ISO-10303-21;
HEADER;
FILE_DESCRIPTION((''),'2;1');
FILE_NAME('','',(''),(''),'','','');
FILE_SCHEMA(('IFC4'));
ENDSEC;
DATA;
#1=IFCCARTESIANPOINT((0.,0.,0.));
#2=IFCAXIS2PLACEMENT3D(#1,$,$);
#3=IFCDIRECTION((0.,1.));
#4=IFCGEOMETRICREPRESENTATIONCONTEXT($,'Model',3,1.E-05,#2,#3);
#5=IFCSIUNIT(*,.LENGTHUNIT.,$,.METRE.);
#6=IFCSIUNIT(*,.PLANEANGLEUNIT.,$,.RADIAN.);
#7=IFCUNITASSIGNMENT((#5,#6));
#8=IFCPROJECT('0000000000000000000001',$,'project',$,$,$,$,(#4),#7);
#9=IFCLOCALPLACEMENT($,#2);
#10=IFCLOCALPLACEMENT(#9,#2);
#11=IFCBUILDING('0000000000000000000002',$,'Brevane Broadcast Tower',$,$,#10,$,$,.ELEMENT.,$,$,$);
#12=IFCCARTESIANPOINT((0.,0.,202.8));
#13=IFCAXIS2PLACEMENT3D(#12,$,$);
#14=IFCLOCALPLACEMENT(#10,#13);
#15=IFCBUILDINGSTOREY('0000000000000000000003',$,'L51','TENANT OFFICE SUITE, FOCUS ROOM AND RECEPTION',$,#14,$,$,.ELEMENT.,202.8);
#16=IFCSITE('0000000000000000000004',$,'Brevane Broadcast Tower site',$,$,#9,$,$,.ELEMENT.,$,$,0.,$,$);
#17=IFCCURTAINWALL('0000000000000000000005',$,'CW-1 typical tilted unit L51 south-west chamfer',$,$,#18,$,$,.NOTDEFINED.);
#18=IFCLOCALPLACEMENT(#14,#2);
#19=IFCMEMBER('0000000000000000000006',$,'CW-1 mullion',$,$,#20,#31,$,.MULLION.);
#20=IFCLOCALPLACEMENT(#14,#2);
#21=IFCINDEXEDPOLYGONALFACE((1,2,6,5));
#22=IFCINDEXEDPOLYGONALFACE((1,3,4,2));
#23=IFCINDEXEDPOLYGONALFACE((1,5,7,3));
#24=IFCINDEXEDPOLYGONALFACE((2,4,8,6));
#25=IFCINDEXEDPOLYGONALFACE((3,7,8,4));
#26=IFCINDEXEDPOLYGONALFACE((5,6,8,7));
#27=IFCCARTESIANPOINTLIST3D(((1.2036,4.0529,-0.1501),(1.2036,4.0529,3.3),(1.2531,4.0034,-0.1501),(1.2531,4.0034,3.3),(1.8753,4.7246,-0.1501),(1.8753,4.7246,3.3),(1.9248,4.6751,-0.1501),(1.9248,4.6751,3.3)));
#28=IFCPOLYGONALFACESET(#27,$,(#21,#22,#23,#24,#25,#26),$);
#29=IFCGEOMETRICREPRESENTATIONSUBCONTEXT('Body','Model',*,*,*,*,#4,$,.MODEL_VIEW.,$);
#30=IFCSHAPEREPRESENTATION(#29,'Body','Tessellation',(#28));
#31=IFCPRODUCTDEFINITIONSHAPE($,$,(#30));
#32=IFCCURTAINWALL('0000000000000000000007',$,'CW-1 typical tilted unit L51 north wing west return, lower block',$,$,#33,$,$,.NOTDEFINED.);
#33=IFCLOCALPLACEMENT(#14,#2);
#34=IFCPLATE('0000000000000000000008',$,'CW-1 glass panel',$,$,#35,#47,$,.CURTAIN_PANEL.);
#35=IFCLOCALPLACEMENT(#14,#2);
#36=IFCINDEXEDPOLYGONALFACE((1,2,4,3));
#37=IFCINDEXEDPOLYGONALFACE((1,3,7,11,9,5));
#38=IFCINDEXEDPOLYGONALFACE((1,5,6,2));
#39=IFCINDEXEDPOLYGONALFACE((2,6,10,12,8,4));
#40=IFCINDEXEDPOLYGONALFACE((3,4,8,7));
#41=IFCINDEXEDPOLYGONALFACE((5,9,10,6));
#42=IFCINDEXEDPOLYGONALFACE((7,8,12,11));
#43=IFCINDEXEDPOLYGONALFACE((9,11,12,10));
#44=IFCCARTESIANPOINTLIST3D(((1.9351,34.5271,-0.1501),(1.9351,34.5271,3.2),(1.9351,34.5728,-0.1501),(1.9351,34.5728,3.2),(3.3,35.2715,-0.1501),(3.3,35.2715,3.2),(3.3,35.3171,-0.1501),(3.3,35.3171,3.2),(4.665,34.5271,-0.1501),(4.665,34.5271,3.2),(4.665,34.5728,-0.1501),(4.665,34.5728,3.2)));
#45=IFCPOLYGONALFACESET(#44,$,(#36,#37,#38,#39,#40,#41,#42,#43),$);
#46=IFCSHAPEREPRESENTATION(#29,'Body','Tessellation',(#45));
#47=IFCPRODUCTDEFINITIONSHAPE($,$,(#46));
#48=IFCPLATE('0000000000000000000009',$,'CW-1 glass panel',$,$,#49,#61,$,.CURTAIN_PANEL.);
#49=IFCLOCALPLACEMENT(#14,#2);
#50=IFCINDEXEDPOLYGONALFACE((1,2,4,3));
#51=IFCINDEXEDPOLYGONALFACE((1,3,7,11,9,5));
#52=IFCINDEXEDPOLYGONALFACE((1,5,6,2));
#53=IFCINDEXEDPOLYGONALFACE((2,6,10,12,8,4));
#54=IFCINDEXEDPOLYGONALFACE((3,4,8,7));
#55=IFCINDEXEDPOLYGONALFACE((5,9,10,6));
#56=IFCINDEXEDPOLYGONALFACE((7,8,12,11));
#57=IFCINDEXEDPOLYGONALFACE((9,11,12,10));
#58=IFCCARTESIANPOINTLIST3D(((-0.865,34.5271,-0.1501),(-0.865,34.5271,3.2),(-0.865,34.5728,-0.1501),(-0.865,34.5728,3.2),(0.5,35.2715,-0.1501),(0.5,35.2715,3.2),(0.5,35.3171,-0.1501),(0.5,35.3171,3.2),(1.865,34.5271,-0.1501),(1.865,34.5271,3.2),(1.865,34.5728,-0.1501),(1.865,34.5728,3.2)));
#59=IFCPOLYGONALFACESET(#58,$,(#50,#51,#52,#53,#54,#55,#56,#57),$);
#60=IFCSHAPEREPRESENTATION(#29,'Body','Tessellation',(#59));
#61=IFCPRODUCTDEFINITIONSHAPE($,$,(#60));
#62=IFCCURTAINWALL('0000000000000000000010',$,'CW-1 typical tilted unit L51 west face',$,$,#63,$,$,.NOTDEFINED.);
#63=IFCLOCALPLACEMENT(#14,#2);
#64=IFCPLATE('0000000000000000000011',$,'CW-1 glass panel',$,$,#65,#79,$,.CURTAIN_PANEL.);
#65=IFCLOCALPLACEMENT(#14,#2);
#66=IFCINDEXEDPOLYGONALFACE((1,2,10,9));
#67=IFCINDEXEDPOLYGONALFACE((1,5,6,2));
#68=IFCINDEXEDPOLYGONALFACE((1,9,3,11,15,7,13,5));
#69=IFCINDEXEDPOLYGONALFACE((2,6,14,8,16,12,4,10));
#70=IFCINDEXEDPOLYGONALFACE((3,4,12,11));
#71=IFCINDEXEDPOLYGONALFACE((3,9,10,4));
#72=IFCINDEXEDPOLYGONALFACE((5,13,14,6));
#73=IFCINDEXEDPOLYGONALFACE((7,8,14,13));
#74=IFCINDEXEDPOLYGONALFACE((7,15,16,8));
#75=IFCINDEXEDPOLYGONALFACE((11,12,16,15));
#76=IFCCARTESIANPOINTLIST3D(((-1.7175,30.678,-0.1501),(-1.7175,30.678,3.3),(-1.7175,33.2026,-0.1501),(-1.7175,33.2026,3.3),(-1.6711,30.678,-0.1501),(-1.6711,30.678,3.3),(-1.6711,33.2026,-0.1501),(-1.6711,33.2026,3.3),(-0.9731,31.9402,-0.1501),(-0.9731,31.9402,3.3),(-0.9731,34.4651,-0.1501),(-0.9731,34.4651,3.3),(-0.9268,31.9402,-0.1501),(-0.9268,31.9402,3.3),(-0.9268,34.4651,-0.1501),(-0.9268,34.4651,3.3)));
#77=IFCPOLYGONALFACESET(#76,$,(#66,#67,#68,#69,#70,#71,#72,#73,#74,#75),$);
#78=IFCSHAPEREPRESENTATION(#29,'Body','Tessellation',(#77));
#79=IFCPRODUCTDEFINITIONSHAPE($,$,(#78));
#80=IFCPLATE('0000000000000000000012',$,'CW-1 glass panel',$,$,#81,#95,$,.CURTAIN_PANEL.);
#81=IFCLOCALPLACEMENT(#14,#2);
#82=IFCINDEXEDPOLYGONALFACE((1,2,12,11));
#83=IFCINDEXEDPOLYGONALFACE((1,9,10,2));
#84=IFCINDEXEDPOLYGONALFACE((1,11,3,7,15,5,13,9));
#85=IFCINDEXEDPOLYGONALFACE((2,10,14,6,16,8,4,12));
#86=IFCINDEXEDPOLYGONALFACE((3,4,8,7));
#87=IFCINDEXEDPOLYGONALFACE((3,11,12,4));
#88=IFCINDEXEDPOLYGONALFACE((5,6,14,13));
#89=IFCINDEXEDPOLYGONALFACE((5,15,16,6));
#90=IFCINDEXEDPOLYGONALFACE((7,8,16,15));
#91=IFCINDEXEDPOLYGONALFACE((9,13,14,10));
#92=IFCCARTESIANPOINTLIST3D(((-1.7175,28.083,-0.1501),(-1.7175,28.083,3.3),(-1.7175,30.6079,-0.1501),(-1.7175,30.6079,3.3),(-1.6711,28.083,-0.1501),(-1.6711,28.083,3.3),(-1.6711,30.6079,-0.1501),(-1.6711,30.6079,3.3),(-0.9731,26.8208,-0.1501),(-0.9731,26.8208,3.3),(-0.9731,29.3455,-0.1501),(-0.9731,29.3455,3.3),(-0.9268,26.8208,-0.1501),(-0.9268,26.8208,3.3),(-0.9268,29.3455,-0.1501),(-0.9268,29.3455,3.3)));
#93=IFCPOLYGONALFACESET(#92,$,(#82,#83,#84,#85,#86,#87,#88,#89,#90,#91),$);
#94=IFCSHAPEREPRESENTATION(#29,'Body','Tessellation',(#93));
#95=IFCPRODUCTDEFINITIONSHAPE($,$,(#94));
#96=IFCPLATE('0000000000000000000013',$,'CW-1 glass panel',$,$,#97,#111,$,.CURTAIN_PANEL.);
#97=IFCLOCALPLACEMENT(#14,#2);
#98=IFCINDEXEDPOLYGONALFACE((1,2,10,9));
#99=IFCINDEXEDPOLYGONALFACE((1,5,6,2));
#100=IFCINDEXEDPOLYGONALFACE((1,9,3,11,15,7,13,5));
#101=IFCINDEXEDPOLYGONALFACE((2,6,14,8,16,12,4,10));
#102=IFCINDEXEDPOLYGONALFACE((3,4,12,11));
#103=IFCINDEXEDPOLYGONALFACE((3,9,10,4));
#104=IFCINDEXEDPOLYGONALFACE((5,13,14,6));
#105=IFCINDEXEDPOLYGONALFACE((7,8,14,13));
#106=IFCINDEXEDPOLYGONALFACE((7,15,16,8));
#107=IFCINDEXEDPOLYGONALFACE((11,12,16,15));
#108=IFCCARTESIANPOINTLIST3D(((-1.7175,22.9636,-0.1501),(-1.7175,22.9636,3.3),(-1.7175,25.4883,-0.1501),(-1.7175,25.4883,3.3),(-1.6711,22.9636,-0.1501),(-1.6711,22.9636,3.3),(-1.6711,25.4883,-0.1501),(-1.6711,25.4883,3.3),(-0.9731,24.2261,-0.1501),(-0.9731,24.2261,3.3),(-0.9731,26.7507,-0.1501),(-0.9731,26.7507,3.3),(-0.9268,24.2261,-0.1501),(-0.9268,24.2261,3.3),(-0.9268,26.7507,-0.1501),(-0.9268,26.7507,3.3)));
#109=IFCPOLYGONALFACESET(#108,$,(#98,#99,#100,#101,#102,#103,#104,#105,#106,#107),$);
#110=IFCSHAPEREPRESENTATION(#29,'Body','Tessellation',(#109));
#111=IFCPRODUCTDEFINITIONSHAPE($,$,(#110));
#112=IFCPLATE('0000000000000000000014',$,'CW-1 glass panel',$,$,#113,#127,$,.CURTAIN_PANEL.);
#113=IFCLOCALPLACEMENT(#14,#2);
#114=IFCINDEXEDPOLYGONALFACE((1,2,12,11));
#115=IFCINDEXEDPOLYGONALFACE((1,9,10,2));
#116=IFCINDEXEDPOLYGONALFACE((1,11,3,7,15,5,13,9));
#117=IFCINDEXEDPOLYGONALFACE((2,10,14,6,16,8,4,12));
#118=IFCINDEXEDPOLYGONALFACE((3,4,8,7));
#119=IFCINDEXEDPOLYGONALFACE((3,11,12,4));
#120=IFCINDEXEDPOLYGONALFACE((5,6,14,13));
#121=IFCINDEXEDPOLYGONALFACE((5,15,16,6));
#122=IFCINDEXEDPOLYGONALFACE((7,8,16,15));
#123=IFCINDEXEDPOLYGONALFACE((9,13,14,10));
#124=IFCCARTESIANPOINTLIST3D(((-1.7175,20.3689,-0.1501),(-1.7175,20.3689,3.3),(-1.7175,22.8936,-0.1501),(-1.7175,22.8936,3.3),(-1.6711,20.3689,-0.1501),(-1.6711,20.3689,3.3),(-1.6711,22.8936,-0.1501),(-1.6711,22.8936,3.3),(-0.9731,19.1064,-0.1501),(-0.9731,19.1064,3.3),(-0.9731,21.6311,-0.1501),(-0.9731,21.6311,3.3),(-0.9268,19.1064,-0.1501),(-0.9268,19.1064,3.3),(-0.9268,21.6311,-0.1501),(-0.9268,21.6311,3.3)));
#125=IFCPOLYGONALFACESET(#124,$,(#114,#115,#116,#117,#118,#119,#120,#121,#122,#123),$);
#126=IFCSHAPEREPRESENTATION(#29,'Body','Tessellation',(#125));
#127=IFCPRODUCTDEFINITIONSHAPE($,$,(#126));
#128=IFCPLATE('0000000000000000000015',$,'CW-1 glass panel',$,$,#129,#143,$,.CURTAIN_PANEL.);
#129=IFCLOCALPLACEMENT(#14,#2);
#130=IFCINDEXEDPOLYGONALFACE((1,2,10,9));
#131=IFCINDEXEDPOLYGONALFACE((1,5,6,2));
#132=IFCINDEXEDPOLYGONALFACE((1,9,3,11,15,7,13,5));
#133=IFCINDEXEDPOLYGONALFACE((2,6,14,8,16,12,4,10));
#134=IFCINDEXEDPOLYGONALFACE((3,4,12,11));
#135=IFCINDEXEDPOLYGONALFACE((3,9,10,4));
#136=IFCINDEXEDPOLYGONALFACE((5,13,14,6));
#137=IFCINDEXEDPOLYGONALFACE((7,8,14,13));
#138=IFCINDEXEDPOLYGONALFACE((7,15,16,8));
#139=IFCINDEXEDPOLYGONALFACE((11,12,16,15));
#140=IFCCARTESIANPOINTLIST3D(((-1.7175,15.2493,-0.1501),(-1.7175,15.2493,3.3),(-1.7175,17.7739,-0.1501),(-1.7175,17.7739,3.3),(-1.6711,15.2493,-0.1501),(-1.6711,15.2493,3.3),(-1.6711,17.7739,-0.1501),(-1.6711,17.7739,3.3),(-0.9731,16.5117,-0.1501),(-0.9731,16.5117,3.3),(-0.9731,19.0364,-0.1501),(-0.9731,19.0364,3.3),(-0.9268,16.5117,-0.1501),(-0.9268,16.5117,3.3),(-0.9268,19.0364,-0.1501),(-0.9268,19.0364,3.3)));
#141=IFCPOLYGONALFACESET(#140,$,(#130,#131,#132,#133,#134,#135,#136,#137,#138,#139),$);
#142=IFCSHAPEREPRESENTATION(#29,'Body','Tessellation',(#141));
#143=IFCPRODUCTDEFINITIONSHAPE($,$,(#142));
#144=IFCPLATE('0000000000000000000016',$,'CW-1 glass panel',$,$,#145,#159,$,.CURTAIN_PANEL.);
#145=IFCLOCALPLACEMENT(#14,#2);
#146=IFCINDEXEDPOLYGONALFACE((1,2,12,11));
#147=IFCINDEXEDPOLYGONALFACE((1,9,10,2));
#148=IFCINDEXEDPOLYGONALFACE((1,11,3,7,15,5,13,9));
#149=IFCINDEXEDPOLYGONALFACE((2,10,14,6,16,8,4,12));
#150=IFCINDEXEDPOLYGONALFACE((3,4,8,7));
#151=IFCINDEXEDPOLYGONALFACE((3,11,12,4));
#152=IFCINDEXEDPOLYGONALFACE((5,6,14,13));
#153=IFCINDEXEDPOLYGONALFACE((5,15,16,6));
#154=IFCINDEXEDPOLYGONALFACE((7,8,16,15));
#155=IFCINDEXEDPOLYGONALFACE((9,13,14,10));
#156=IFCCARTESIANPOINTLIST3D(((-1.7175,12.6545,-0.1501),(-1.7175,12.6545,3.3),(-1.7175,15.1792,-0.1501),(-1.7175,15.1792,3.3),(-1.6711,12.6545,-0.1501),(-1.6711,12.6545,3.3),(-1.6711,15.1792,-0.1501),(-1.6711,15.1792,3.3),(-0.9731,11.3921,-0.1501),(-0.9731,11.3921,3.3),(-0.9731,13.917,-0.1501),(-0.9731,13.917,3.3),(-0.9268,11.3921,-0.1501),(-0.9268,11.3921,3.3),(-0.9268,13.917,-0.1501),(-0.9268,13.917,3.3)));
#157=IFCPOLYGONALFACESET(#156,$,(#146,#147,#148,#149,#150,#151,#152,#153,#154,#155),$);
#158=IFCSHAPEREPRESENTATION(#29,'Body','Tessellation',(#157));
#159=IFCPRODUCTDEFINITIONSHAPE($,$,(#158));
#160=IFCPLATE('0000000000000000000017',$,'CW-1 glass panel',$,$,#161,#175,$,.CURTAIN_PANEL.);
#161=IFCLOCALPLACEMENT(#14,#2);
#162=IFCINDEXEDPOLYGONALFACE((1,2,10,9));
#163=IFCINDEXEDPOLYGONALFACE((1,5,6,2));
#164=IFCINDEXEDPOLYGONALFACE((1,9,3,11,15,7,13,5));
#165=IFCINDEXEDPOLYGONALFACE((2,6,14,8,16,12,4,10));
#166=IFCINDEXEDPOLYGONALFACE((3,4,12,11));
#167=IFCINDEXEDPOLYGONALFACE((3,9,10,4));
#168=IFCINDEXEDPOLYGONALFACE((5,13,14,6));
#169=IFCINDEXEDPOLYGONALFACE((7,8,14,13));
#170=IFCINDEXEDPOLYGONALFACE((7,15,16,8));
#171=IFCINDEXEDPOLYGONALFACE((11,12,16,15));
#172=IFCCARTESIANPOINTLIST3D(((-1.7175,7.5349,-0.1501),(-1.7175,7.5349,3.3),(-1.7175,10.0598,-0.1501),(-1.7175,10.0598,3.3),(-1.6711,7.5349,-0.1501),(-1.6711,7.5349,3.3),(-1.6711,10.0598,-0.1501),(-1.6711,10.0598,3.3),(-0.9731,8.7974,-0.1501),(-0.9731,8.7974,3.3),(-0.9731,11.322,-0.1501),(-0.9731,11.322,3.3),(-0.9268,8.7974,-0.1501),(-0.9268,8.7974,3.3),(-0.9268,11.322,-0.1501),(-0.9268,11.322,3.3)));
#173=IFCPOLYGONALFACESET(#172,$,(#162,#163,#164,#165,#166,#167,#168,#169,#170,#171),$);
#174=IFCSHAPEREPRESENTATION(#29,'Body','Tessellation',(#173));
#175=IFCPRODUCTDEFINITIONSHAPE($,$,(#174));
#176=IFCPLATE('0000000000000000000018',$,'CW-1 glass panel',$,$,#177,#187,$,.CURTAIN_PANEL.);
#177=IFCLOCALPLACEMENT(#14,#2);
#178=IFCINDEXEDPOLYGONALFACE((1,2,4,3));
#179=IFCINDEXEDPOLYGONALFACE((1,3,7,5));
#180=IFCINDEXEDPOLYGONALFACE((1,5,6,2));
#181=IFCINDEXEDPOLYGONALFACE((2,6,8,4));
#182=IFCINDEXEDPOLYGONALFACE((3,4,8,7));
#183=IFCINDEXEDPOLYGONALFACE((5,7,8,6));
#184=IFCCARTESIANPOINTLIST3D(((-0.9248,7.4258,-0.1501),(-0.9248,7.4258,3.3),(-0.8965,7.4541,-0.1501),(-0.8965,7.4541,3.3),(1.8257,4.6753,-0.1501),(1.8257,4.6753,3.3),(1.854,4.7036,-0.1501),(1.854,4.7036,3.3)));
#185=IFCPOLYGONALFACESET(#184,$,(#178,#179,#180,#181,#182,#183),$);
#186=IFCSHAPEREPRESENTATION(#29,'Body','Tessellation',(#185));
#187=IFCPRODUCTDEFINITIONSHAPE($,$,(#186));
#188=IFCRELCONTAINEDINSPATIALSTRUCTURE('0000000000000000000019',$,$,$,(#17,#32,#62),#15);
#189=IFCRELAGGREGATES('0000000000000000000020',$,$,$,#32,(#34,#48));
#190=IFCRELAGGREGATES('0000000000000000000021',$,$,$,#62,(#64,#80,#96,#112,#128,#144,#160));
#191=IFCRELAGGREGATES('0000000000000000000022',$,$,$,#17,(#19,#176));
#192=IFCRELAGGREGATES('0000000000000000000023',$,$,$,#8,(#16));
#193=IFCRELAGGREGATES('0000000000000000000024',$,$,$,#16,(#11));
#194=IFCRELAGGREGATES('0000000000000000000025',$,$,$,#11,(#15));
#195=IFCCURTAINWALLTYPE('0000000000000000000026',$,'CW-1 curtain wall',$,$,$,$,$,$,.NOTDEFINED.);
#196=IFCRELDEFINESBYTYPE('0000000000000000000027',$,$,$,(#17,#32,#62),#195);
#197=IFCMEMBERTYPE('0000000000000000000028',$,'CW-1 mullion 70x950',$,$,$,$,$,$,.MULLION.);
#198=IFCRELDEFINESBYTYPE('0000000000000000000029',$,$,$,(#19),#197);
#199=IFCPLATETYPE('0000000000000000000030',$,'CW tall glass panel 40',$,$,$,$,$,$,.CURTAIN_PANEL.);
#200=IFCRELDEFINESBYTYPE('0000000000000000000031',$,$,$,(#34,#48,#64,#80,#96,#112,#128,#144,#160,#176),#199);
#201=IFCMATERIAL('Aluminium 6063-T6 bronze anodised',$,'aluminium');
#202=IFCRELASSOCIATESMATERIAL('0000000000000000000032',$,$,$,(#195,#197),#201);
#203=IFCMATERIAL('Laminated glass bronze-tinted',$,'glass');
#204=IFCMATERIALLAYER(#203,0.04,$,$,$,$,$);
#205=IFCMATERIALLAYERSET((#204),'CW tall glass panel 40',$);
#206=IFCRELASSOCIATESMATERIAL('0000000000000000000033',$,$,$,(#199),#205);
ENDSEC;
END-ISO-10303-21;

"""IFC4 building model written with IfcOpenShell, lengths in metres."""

from ifc_helpers import new_model, si_unit, direction, frame, origin, origin_2d, place, context, subcontext, project, spatial, polyline, rectangle, outline, extrude, material, layer, layer_set, material_profile, profile_set, type_object, element, aggregate, save


model = new_model("IFC4")

# Units and contexts
model_context = context("Model", 3, precision=1e-05, world=origin(), true_north=direction((0.0, 1.0)))
body_context = subcontext(model_context, "Body", "Model", "MODEL_VIEW")
ifc_project = project(units=[si_unit("LENGTHUNIT", "METRE"), si_unit("PLANEANGLEUNIT", "RADIAN")], contexts=[model_context])

# Site, building, storey
site_placement = place(None, origin())
site = spatial("IfcSite", under=ifc_project, at=site_placement, Name="Brevane Broadcast Tower site", CompositionType="ELEMENT", RefElevation=0.0)
building_placement = place(site_placement, origin())
building = spatial("IfcBuilding", under=site, at=building_placement, Name="Brevane Broadcast Tower", CompositionType="ELEMENT")
storey_placement = place(building_placement, frame((0.0, 0.0, 202.8)))
storey = spatial("IfcBuildingStorey", under=building, at=storey_placement, Name="L51", Description="TENANT OFFICE SUITE, FOCUS ROOM AND RECEPTION", CompositionType="ELEMENT", Elevation=202.8)

# Curtain wall, member
ifc_material_1 = material(Name="Aluminium 6063-T6 bronze anodised", Category="aluminium")
curtain_wall_type = type_object("IfcCurtainWallType", Name="CW-1 curtain wall", PredefinedType="NOTDEFINED", material=ifc_material_1)
curtain_wall_1_placement = place(storey_placement, origin())
curtain_wall_1 = element("IfcCurtainWall", 1, at=curtain_wall_1_placement, inside=storey, type_object=curtain_wall_type, Name="CW-1 typical tilted unit L51 south-west chamfer", PredefinedType="NOTDEFINED")
ifc_material_profile = material_profile(ifc_material_1, rectangle(XDim=0.95, YDim=0.0701, at=origin_2d()), Name="RECT 70x950")
ifc_profile_set = profile_set([ifc_material_profile], Name="Aluminium 6063-T6 bronze anodised")
member_type = type_object("IfcMemberType", Name="CW-1 mullion 70x950", PredefinedType="MULLION", material=ifc_profile_set)
member_placement = place(storey_placement, frame((1.5642, 4.364, -0.1501), z_axis=(0.0, 0.0, 1.0), x_axis=(0.707107, 0.707107, 0.0)))
member = element("IfcMember", 2, at=member_placement, type_object=member_type, Name="CW-1 mullion", PredefinedType="MULLION", context=body_context, shape_type="SweptSolid", body=[
    extrude(rectangle(XDim=0.95, YDim=0.0701, at=origin_2d()), origin(), (0.0, 0.0, 1.0), 3.4502),
])

# Curtain walls, plates
curtain_wall_2_placement = place(storey_placement, origin())
curtain_wall_2 = element("IfcCurtainWall", 3, at=curtain_wall_2_placement, inside=storey, type_object=curtain_wall_type, Name="CW-1 typical tilted unit L51 north wing west return, lower block", PredefinedType="NOTDEFINED")
ifc_material_2 = material(Name="Laminated glass bronze-tinted", Category="glass")
ifc_layer_1 = layer(ifc_material_2, 0.04)
ifc_layer_set_1 = layer_set([ifc_layer_1], Name="CW tall glass panel 40")
plate_type = type_object("IfcPlateType", Name="CW tall glass panel 40", PredefinedType="CURTAIN_PANEL", material=ifc_layer_set_1)
plate_1_placement = place(storey_placement, frame((0.0, 0.0, -0.1501)))
plate_1 = element("IfcPlate", 4, at=plate_1_placement, type_object=plate_type, Name="CW-1 glass panel", PredefinedType="CURTAIN_PANEL", context=body_context, shape_type="SweptSolid", body=[
    extrude(outline(polyline([(4.665, 34.5271), (4.665, 34.5728), (3.3, 35.3171), (1.9351, 34.5728), (1.9351, 34.5271), (3.3, 35.2715), (4.665, 34.5271)])), origin(), (0.0, 0.0, 1.0), 3.3501),
])
plate_2_placement = place(storey_placement, frame((0.0, 0.0, -0.1501)))
plate_2 = element("IfcPlate", 5, at=plate_2_placement, type_object=plate_type, Name="CW-1 glass panel", PredefinedType="CURTAIN_PANEL", context=body_context, shape_type="SweptSolid", body=[
    extrude(outline(polyline([(1.865, 34.5271), (1.865, 34.5728), (0.5, 35.3171), (-0.865, 34.5728), (-0.865, 34.5271), (0.5, 35.2715), (1.865, 34.5271)])), origin(), (0.0, 0.0, 1.0), 3.3501),
])
aggregate(curtain_wall_2, [plate_1, plate_2])
curtain_wall_3_placement = place(storey_placement, origin())
curtain_wall_3 = element("IfcCurtainWall", 6, at=curtain_wall_3_placement, inside=storey, type_object=curtain_wall_type, Name="CW-1 typical tilted unit L51 west face", PredefinedType="NOTDEFINED")
plate_3_placement = place(storey_placement, frame((0.0, 0.0, -0.1501)))
plate_3 = element("IfcPlate", 7, at=plate_3_placement, type_object=plate_type, Name="CW-1 glass panel", PredefinedType="CURTAIN_PANEL", context=body_context, shape_type="SweptSolid", body=[
    extrude(outline(polyline([(-0.9268, 34.4651), (-0.9731, 34.4651), (-1.7175, 33.2026), (-0.9731, 31.9402), (-1.7175, 30.678), (-1.6711, 30.678), (-0.9268, 31.9402), (-1.6711, 33.2026), (-0.9268, 34.4651)])), origin(), (0.0, 0.0, 1.0), 3.4502),
])
plate_4_placement = place(storey_placement, frame((0.0, 0.0, -0.1501)))
plate_4 = element("IfcPlate", 8, at=plate_4_placement, type_object=plate_type, Name="CW-1 glass panel", PredefinedType="CURTAIN_PANEL", context=body_context, shape_type="SweptSolid", body=[
    extrude(outline(polyline([(-1.6711, 30.6079), (-1.7175, 30.6079), (-0.9731, 29.3455), (-1.7175, 28.083), (-0.9731, 26.8208), (-0.9268, 26.8208), (-1.6711, 28.083), (-0.9268, 29.3455), (-1.6711, 30.6079)])), origin(), (0.0, 0.0, 1.0), 3.4502),
])
plate_5_placement = place(storey_placement, frame((0.0, 0.0, -0.1501)))
plate_5 = element("IfcPlate", 9, at=plate_5_placement, type_object=plate_type, Name="CW-1 glass panel", PredefinedType="CURTAIN_PANEL", context=body_context, shape_type="SweptSolid", body=[
    extrude(outline(polyline([(-0.9268, 26.7507), (-0.9731, 26.7507), (-1.7175, 25.4883), (-0.9731, 24.2261), (-1.7175, 22.9636), (-1.6711, 22.9636), (-0.9268, 24.2261), (-1.6711, 25.4883), (-0.9268, 26.7507)])), origin(), (0.0, 0.0, 1.0), 3.4502),
])
plate_6_placement = place(storey_placement, frame((0.0, 0.0, -0.1501)))
plate_6 = element("IfcPlate", 10, at=plate_6_placement, type_object=plate_type, Name="CW-1 glass panel", PredefinedType="CURTAIN_PANEL", context=body_context, shape_type="SweptSolid", body=[
    extrude(outline(polyline([(-1.6711, 22.8936), (-1.7175, 22.8936), (-0.9731, 21.6311), (-1.7175, 20.3689), (-0.9731, 19.1064), (-0.9268, 19.1064), (-1.6711, 20.3689), (-0.9268, 21.6311), (-1.6711, 22.8936)])), origin(), (0.0, 0.0, 1.0), 3.4502),
])
plate_7_placement = place(storey_placement, frame((0.0, 0.0, -0.1501)))
plate_7 = element("IfcPlate", 11, at=plate_7_placement, type_object=plate_type, Name="CW-1 glass panel", PredefinedType="CURTAIN_PANEL", context=body_context, shape_type="SweptSolid", body=[
    extrude(outline(polyline([(-0.9268, 19.0364), (-0.9731, 19.0364), (-1.7175, 17.7739), (-0.9731, 16.5117), (-1.7175, 15.2493), (-1.6711, 15.2493), (-0.9268, 16.5117), (-1.6711, 17.7739), (-0.9268, 19.0364)])), origin(), (0.0, 0.0, 1.0), 3.4502),
])
plate_8_placement = place(storey_placement, frame((0.0, 0.0, -0.1501)))
plate_8 = element("IfcPlate", 12, at=plate_8_placement, type_object=plate_type, Name="CW-1 glass panel", PredefinedType="CURTAIN_PANEL", context=body_context, shape_type="SweptSolid", body=[
    extrude(outline(polyline([(-1.6711, 15.1792), (-1.7175, 15.1792), (-0.9731, 13.917), (-1.7175, 12.6545), (-0.9731, 11.3921), (-0.9268, 11.3921), (-1.6711, 12.6545), (-0.9268, 13.917), (-1.6711, 15.1792)])), origin(), (0.0, 0.0, 1.0), 3.4502),
])
plate_9_placement = place(storey_placement, frame((0.0, 0.0, -0.1501)))
plate_9 = element("IfcPlate", 13, at=plate_9_placement, type_object=plate_type, Name="CW-1 glass panel", PredefinedType="CURTAIN_PANEL", context=body_context, shape_type="SweptSolid", body=[
    extrude(outline(polyline([(-0.9268, 11.322), (-0.9731, 11.322), (-1.7175, 10.0598), (-0.9731, 8.7974), (-1.7175, 7.5349), (-1.6711, 7.5349), (-0.9268, 8.7974), (-1.6711, 10.0598), (-0.9268, 11.322)])), origin(), (0.0, 0.0, 1.0), 3.4502),
])
aggregate(curtain_wall_3, [plate_3, plate_4, plate_5, plate_6, plate_7, plate_8, plate_9])

# Plate
plate_10_placement = place(storey_placement, frame((0.0, 0.0, -0.1501)))
plate_10 = element("IfcPlate", 14, at=plate_10_placement, type_object=plate_type, Name="CW-1 glass panel", PredefinedType="CURTAIN_PANEL", context=body_context, shape_type="SweptSolid", body=[
    extrude(outline(polyline([(-0.8965, 7.4541), (1.854, 4.7036), (1.8257, 4.6753), (-0.9248, 7.4258), (-0.8965, 7.4541)])), origin(), (0.0, 0.0, 1.0), 3.4502),
])
aggregate(curtain_wall_1, [member, plate_10])

save(model, "model.ifc")
